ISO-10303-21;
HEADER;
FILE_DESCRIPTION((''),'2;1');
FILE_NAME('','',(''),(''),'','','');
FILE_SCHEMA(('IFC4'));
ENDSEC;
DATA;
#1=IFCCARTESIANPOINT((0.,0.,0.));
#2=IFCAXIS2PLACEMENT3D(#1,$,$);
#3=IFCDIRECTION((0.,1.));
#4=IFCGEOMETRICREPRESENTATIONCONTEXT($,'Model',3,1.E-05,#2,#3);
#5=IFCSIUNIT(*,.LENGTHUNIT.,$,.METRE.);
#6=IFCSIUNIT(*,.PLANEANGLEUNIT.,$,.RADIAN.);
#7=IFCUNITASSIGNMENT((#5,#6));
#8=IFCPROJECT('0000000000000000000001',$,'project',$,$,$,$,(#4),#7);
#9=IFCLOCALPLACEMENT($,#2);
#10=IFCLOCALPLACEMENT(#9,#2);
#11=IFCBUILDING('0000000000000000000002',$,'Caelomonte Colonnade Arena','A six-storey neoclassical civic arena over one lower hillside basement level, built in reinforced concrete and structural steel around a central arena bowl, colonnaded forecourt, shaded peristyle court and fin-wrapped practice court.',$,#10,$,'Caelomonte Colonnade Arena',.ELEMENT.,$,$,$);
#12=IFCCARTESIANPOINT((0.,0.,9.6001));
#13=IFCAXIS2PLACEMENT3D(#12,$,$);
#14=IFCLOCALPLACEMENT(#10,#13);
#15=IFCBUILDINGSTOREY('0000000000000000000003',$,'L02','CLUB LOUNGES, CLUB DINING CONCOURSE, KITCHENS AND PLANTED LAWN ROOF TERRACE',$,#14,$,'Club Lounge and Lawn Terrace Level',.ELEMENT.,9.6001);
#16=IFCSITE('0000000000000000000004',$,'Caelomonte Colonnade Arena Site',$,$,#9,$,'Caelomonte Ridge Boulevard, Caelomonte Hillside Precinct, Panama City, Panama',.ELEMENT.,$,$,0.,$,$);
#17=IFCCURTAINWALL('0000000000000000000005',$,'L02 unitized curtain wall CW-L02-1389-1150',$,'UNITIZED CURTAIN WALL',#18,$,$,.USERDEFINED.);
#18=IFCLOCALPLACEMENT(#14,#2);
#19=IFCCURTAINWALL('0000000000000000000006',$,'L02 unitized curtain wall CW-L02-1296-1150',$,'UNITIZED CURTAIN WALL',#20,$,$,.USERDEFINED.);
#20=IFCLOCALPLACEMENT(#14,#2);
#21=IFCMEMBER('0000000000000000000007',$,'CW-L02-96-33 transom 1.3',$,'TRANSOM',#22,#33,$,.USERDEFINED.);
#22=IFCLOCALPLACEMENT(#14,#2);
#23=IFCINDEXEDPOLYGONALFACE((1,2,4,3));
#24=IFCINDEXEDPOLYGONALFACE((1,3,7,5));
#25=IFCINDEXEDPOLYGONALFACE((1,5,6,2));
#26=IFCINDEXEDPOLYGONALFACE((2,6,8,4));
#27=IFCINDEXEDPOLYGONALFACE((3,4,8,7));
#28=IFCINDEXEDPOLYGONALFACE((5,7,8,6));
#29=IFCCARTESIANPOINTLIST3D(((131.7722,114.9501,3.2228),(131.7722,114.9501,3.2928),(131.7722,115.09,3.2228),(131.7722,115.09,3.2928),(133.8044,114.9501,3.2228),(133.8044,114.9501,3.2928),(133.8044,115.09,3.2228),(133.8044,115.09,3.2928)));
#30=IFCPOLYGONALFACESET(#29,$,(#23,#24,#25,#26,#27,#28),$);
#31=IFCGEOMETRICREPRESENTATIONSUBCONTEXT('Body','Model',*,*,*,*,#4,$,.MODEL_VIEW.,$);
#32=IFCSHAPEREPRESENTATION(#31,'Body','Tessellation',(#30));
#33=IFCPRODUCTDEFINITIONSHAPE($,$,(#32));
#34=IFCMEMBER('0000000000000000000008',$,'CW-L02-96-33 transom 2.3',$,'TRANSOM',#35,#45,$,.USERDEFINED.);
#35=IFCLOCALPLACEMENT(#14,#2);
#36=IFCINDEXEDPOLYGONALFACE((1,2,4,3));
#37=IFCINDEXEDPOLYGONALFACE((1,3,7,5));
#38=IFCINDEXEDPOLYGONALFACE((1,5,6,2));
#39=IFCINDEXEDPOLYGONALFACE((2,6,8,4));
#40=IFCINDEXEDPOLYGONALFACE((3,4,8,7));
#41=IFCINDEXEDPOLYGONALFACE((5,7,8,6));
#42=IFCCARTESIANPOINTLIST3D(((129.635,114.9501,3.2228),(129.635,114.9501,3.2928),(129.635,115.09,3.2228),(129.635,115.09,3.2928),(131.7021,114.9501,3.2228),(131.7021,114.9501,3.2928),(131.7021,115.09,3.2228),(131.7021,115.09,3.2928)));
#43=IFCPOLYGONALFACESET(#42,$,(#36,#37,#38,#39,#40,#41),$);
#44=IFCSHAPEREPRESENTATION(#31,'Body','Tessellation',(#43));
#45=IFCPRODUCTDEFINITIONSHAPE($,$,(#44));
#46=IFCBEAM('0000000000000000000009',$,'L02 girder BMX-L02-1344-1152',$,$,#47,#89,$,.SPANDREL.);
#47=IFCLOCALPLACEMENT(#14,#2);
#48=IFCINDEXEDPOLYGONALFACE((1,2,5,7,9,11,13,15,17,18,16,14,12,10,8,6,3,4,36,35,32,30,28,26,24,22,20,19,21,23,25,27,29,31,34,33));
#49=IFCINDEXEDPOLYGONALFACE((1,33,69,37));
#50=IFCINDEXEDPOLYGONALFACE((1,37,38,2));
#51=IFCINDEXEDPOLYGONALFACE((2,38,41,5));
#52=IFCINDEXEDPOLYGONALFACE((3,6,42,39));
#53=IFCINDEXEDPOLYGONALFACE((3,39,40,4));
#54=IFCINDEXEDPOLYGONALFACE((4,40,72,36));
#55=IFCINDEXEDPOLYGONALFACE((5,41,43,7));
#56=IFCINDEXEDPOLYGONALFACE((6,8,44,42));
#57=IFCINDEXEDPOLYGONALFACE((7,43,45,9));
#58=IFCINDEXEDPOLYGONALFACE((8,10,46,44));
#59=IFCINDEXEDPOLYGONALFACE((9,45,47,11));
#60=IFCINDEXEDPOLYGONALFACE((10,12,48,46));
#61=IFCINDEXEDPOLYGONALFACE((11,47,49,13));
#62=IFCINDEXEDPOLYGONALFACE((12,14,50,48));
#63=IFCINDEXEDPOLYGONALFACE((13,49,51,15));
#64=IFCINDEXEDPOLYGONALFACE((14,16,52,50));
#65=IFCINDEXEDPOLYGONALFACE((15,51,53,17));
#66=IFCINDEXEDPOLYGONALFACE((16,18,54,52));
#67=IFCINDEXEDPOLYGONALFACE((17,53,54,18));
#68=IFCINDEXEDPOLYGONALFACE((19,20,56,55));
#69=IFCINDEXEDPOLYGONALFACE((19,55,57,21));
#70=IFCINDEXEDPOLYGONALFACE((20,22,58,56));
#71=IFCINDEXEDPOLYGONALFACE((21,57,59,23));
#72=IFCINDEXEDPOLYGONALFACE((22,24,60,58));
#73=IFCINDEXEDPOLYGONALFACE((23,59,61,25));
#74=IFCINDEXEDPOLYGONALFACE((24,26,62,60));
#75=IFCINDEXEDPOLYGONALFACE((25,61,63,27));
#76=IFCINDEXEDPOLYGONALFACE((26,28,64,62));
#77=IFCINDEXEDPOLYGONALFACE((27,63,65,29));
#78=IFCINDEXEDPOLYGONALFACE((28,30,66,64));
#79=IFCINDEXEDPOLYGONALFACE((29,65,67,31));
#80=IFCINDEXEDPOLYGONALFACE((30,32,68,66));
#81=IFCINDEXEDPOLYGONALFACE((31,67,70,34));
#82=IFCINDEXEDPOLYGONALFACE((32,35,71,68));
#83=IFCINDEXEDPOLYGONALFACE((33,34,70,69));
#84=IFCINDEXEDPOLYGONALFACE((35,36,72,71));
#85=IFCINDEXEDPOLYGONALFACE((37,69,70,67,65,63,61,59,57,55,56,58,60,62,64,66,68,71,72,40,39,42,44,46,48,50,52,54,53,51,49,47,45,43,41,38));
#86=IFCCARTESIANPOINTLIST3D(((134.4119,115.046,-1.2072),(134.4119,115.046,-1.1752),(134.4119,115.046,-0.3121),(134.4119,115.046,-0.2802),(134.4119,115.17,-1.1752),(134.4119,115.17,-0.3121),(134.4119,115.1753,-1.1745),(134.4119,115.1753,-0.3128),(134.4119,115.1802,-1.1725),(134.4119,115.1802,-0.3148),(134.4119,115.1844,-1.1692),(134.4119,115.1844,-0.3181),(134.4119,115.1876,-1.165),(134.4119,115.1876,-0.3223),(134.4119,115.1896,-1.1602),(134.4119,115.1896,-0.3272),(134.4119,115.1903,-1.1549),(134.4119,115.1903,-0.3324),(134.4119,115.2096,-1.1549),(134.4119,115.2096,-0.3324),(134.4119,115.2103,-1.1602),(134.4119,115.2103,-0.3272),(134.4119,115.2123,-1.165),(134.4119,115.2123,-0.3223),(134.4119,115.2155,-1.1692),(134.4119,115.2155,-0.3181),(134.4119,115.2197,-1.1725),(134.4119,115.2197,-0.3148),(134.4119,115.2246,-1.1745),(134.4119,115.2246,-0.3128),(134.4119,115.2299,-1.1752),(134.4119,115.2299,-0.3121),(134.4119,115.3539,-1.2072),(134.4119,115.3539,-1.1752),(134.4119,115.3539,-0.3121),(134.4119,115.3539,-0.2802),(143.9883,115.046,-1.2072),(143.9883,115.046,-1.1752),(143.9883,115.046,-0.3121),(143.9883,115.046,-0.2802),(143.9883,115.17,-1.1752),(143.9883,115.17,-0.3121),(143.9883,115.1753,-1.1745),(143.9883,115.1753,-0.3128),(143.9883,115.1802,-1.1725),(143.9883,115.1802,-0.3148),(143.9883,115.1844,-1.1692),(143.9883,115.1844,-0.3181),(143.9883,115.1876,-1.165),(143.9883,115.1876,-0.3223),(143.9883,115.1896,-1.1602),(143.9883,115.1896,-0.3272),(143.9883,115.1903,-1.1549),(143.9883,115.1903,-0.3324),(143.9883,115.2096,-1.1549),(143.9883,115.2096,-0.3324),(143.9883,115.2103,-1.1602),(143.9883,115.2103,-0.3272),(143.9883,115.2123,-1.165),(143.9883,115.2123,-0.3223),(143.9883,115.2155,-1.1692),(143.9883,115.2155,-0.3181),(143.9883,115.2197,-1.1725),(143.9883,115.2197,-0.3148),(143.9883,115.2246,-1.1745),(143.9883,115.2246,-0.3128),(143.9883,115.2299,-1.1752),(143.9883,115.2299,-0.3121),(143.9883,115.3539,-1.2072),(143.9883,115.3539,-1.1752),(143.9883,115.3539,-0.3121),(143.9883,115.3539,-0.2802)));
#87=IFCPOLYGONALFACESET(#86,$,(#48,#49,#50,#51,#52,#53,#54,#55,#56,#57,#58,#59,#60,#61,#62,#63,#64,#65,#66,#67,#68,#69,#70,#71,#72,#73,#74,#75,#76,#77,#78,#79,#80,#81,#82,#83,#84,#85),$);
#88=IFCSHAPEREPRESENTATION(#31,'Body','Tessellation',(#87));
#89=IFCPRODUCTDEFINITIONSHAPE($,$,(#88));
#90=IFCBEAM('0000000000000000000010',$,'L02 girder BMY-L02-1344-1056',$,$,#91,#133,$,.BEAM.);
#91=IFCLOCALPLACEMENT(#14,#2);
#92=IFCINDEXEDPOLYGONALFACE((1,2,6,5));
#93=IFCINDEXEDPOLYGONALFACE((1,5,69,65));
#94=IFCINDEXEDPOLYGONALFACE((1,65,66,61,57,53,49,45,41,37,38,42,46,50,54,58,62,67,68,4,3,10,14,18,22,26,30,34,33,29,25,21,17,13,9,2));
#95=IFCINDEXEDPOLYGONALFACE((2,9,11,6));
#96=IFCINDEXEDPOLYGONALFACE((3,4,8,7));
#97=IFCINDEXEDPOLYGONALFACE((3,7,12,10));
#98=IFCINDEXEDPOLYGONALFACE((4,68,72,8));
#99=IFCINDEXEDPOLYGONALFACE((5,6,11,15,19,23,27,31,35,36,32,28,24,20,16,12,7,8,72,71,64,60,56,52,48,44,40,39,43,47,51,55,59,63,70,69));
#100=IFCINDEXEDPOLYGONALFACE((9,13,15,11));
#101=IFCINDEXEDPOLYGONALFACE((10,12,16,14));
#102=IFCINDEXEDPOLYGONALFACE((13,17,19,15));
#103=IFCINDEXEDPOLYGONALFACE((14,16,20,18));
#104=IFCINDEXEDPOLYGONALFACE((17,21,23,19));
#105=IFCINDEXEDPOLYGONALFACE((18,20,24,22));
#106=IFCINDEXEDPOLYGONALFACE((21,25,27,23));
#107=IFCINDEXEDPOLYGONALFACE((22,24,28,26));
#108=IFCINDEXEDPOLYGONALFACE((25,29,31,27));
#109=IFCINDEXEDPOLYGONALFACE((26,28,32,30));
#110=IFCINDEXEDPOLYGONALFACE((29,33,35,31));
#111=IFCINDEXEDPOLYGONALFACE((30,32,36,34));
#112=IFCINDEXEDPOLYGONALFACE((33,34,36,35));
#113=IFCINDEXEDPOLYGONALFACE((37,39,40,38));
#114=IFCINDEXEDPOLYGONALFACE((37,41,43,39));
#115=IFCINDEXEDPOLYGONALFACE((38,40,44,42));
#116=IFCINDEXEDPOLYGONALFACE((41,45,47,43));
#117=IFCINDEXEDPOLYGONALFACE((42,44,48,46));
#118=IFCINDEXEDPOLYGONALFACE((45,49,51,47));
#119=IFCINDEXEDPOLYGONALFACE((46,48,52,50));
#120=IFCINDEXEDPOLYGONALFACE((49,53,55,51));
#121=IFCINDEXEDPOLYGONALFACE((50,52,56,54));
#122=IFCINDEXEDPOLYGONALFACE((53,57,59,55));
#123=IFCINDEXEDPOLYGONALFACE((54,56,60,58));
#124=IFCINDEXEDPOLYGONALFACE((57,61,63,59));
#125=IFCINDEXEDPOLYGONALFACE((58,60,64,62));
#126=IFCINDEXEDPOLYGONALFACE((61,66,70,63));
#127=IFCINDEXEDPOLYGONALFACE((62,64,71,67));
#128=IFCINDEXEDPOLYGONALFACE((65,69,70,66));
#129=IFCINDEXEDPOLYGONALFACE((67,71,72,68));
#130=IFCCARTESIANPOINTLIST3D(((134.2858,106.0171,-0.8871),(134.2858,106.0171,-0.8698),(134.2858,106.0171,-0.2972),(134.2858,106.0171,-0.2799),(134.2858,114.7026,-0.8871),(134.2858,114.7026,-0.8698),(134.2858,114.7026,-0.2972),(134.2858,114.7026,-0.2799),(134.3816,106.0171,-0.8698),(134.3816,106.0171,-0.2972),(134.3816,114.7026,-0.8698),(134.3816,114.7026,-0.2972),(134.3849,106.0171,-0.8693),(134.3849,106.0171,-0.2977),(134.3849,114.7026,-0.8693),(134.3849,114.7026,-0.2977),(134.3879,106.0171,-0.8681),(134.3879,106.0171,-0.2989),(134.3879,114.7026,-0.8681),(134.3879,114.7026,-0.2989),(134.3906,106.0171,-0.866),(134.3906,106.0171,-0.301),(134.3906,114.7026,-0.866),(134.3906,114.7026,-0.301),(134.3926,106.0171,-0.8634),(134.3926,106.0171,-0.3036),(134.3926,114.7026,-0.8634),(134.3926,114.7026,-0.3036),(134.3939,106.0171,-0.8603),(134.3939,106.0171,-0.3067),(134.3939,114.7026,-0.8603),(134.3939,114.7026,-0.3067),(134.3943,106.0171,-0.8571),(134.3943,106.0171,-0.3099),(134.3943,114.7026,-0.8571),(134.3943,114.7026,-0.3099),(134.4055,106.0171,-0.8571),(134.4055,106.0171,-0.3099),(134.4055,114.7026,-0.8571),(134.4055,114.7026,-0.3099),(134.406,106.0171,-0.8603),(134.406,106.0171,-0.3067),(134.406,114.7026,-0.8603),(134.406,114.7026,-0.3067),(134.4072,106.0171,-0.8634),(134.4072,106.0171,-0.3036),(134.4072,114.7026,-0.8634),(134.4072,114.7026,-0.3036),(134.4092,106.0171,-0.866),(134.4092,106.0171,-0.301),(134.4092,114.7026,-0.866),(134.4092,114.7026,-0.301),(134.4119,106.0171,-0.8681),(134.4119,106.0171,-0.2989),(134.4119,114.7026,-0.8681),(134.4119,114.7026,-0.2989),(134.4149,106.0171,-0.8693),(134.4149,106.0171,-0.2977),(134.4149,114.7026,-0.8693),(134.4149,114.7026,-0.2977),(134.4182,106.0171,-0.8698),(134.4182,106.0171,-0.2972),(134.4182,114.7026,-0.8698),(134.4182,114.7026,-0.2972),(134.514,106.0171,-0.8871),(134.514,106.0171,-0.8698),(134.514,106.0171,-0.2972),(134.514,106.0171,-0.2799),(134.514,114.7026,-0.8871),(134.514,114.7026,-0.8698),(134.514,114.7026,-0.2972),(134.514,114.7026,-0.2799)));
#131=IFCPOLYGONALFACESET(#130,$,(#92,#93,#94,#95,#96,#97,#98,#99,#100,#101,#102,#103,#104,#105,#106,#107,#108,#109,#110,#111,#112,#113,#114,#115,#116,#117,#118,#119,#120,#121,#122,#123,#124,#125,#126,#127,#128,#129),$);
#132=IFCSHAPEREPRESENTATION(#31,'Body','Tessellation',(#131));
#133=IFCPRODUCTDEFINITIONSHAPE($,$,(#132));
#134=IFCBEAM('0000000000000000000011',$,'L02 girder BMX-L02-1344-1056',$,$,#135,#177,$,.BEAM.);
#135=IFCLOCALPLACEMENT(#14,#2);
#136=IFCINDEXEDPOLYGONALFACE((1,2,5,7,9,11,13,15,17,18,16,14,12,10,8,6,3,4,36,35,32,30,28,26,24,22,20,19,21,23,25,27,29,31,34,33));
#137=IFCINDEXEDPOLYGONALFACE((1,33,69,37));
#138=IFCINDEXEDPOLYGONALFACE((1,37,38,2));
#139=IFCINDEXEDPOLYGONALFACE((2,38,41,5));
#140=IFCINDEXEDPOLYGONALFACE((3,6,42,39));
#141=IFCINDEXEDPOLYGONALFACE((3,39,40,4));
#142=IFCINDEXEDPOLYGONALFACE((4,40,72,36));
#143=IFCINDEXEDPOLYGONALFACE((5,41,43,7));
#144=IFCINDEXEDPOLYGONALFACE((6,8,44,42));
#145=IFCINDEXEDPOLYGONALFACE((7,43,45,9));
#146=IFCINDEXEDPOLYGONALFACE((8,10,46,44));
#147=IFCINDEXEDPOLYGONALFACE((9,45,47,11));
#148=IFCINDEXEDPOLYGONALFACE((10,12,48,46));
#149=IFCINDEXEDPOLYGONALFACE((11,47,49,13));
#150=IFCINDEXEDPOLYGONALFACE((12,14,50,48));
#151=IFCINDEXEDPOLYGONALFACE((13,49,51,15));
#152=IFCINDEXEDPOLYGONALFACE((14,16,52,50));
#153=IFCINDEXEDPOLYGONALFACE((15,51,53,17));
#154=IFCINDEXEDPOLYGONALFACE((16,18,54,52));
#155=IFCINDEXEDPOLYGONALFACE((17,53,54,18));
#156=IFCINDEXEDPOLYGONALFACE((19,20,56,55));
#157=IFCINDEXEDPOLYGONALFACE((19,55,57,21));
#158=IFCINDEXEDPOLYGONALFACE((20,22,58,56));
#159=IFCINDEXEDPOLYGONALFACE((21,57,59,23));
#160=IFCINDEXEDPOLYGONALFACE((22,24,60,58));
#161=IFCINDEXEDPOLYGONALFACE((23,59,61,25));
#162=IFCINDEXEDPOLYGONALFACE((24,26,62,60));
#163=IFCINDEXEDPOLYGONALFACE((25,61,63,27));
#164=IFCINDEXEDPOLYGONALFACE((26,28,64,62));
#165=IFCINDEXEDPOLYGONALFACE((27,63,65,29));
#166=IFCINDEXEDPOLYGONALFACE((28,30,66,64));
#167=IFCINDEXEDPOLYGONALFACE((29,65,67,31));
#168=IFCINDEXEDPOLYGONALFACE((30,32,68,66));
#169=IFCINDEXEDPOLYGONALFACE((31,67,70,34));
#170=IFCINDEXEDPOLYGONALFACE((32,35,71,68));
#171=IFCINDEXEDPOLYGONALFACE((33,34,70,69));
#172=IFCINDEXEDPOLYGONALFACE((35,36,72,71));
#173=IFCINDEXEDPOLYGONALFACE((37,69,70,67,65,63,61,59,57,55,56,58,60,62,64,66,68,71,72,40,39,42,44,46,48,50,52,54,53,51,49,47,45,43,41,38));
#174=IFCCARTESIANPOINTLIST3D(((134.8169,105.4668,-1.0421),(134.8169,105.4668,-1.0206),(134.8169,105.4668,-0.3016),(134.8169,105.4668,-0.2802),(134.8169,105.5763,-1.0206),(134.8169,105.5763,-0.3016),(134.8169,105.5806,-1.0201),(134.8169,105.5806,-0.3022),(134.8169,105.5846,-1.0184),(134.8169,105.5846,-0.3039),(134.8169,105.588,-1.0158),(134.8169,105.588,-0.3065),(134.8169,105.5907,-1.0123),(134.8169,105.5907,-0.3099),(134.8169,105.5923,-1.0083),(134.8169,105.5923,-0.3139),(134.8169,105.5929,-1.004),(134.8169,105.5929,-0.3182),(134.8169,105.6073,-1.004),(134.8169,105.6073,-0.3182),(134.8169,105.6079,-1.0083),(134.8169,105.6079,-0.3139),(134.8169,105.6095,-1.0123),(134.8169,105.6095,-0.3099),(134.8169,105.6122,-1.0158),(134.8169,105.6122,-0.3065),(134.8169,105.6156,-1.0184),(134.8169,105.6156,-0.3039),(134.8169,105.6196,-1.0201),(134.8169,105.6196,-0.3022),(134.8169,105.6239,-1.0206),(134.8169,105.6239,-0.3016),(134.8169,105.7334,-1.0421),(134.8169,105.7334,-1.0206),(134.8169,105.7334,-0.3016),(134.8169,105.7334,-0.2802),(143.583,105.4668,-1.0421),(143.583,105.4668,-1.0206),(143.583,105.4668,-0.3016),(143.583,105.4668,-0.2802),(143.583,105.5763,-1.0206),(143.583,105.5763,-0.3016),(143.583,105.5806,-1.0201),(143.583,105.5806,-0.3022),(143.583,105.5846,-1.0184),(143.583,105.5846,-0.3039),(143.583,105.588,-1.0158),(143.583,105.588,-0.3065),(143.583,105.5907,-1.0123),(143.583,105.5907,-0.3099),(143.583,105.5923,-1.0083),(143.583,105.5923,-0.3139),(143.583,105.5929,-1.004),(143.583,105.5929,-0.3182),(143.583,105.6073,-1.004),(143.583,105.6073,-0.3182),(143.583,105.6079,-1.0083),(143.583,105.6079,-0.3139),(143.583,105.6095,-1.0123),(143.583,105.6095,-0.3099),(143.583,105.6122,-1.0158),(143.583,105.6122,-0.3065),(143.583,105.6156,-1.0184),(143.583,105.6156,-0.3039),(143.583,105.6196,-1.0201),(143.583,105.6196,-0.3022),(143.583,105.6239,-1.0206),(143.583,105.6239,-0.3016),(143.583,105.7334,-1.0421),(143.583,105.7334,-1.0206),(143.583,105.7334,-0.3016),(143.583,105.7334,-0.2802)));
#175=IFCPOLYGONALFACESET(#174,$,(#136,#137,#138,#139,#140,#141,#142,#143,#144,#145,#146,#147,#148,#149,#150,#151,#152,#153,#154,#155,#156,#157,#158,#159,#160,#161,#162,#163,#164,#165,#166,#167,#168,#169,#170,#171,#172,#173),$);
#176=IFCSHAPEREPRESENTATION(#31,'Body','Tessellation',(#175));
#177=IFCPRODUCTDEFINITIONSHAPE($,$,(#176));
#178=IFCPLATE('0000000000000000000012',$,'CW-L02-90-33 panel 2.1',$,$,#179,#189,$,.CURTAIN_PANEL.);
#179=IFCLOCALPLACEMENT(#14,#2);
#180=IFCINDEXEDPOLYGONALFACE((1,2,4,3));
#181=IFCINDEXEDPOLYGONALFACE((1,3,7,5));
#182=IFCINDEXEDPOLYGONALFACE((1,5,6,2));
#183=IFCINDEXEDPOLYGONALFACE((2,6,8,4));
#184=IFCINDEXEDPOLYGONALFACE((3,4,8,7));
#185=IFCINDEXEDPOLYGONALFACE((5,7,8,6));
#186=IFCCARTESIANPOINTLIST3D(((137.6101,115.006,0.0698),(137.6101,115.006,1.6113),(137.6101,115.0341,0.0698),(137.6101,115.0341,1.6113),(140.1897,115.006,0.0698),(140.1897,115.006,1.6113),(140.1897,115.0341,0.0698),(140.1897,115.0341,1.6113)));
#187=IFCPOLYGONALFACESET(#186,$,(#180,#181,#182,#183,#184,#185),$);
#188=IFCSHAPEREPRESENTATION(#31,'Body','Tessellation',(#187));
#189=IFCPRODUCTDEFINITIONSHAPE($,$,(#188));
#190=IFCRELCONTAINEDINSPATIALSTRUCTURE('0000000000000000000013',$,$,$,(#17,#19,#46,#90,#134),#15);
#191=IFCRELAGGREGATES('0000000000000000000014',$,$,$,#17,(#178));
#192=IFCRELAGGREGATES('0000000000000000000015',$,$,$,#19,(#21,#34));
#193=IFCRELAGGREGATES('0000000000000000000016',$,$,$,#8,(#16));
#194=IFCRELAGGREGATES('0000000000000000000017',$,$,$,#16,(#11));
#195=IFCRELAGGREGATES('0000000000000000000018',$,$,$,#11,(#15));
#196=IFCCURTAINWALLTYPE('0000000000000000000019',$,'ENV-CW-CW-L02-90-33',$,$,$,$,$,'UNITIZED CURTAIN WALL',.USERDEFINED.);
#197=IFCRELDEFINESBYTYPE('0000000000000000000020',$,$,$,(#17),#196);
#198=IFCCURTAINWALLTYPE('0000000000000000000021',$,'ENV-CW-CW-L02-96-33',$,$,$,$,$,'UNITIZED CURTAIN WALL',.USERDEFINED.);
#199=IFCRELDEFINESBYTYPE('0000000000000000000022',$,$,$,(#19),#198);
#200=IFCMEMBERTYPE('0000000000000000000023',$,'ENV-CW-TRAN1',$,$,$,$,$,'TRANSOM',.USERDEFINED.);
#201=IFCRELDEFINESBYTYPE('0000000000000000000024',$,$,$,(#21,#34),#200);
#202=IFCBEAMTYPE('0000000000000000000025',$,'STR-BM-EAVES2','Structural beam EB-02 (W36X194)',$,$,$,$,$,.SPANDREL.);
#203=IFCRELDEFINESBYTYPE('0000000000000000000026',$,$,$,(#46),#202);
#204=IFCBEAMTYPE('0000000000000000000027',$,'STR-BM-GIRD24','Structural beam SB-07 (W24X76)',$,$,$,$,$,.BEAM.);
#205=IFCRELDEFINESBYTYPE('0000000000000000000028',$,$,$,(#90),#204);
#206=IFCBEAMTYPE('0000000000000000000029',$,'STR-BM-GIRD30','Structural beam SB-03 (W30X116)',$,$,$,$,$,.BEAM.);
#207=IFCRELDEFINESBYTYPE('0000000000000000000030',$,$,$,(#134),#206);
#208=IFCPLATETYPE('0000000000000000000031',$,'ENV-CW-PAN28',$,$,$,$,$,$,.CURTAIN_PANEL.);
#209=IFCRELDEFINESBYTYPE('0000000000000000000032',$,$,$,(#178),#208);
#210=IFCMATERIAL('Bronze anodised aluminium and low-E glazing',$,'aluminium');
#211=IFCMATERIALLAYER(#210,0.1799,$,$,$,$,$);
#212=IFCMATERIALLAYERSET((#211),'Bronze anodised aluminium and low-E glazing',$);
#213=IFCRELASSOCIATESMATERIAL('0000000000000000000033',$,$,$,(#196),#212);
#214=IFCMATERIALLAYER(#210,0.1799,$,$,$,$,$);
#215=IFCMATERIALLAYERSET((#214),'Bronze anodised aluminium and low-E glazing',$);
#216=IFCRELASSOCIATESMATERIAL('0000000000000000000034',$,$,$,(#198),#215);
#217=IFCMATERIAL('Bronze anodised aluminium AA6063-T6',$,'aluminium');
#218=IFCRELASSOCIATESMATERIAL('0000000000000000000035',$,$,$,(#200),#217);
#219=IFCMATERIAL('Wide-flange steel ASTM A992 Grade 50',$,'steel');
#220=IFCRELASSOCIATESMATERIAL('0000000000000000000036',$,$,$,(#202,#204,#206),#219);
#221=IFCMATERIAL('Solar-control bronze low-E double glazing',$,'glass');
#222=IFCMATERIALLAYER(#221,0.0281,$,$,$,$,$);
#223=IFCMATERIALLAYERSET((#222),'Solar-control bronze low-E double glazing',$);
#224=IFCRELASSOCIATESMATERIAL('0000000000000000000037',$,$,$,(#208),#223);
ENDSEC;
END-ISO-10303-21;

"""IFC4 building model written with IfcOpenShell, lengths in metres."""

from ifc_helpers import new_model, si_unit, direction, frame, origin, origin_2d, place, context, subcontext, project, spatial, rectangle, i_section, extrude, material, layer, layer_set, material_profile, profile_set, type_object, element, aggregate, save


model = new_model("IFC4")

# Units and contexts
model_context = context("Model", 3, precision=1e-05, world=origin(), true_north=direction((0.0, 1.0)))
body_context = subcontext(model_context, "Body", "Model", "MODEL_VIEW")
ifc_project = project(units=[si_unit("LENGTHUNIT", "METRE"), si_unit("PLANEANGLEUNIT", "RADIAN")], contexts=[model_context])

# Site, building, storey
site_placement = place(None, origin())
site = spatial("IfcSite", under=ifc_project, at=site_placement, Name="Caelomonte Colonnade Arena Site", LongName="Caelomonte Ridge Boulevard, Caelomonte Hillside Precinct, Panama City, Panama", CompositionType="ELEMENT", RefElevation=0.0)
building_placement = place(site_placement, origin())
building = spatial("IfcBuilding", under=site, at=building_placement, Name="Caelomonte Colonnade Arena", Description="A six-storey neoclassical civic arena over one lower hillside basement level, built in reinforced concrete and structural steel around a central arena bowl, colonnaded forecourt, shaded peristyle court and fin-wrapped practice court.", LongName="Caelomonte Colonnade Arena", CompositionType="ELEMENT")
storey_placement = place(building_placement, frame((0.0, 0.0, 9.6001)))
storey = spatial("IfcBuildingStorey", under=building, at=storey_placement, Name="L02", Description="CLUB LOUNGES, CLUB DINING CONCOURSE, KITCHENS AND PLANTED LAWN ROOF TERRACE", LongName="Club Lounge and Lawn Terrace Level", CompositionType="ELEMENT", Elevation=9.6001)

# Shared definitions
ifc_material_1 = material(Name="Wide-flange steel ASTM A992 Grade 50", Category="steel")

# Curtain walls
ifc_material_2 = material(Name="Bronze anodised aluminium and low-E glazing", Category="aluminium")
ifc_layer_1 = layer(ifc_material_2, 0.1799)
ifc_layer_set_1 = layer_set([ifc_layer_1], Name="Bronze anodised aluminium and low-E glazing")
curtain_wall_type_1 = type_object("IfcCurtainWallType", Name="ENV-CW-CW-L02-90-33", ElementType="UNITIZED CURTAIN WALL", PredefinedType="USERDEFINED", material=ifc_layer_set_1)
curtain_wall_1_placement = place(storey_placement, origin())
curtain_wall_1 = element("IfcCurtainWall", 1, at=curtain_wall_1_placement, inside=storey, type_object=curtain_wall_type_1, Name="L02 unitized curtain wall CW-L02-1389-1150", ObjectType="UNITIZED CURTAIN WALL", PredefinedType="USERDEFINED")
ifc_material_3 = material(Name="Bronze anodised aluminium AA6063-T6", Category="aluminium")
ifc_layer_2 = layer(ifc_material_2, 0.1799)
ifc_layer_set_2 = layer_set([ifc_layer_2], Name="Bronze anodised aluminium and low-E glazing")
curtain_wall_type_2 = type_object("IfcCurtainWallType", Name="ENV-CW-CW-L02-96-33", ElementType="UNITIZED CURTAIN WALL", PredefinedType="USERDEFINED", material=ifc_layer_set_2)
curtain_wall_2_placement = place(storey_placement, origin())
curtain_wall_2 = element("IfcCurtainWall", 2, at=curtain_wall_2_placement, inside=storey, type_object=curtain_wall_type_2, Name="L02 unitized curtain wall CW-L02-1296-1150", ObjectType="UNITIZED CURTAIN WALL", PredefinedType="USERDEFINED")

# Members
ifc_material_profile_1 = material_profile(ifc_material_3, rectangle(XDim=0.0701, YDim=0.1399, at=origin_2d()), Name="CWT-70X140")
ifc_profile_set_1 = profile_set([ifc_material_profile_1], Name="Bronze anodised aluminium AA6063-T6")
member_type_1 = type_object("IfcMemberType", Name="ENV-CW-TRAN1", ElementType="TRANSOM", PredefinedType="USERDEFINED", material=ifc_profile_set_1)
member_1_placement = place(storey_placement, frame((133.8044, 115.02, 3.2578), z_axis=(-1.0, 0.0, 0.0), x_axis=(0.0, 0.0, 1.0)))
member_1 = element("IfcMember", 3, at=member_1_placement, type_object=member_type_1, Name="CW-L02-96-33 transom 1.3", ObjectType="TRANSOM", PredefinedType="USERDEFINED", context=body_context, shape_type="SweptSolid", body=[
    extrude(rectangle(XDim=0.0701, YDim=0.1399, at=origin_2d()), origin(), (0.0, 0.0, 1.0), 2.0322),
])
member_2_placement = place(storey_placement, frame((131.7021, 115.02, 3.2578), z_axis=(-1.0, 0.0, 0.0), x_axis=(0.0, 0.0, 1.0)))
member_2 = element("IfcMember", 4, at=member_2_placement, type_object=member_type_1, Name="CW-L02-96-33 transom 2.3", ObjectType="TRANSOM", PredefinedType="USERDEFINED", context=body_context, shape_type="SweptSolid", body=[
    extrude(rectangle(XDim=0.0701, YDim=0.1399, at=origin_2d()), origin(), (0.0, 0.0, 1.0), 2.0671),
])

# Beams
ifc_material_profile_2 = material_profile(ifc_material_1, i_section(OverallWidth=0.3079, OverallDepth=0.927, WebThickness=0.0193, FlangeThickness=0.032, FilletRadius=0.0203, at=origin_2d()), Name="W36X194")
ifc_profile_set_2 = profile_set([ifc_material_profile_2], Name="Wide-flange steel ASTM A992 Grade 50")
beam_type_1 = type_object("IfcBeamType", Name="STR-BM-EAVES2", Description="Structural beam EB-02 (W36X194)", PredefinedType="SPANDREL", material=ifc_profile_set_2)
beam_1_placement = place(storey_placement, frame((134.4119, 115.2, -0.7437), z_axis=(1.0, 0.0, 0.0), x_axis=(0.0, 1.0, 0.0)))
element("IfcBeam", 5, at=beam_1_placement, inside=storey, type_object=beam_type_1, Name="L02 girder BMX-L02-1344-1152", PredefinedType="SPANDREL", context=body_context, shape_type="SweptSolid", body=[
    extrude(i_section(OverallWidth=0.3079, OverallDepth=0.927, WebThickness=0.0193, FlangeThickness=0.032, FilletRadius=0.0203, at=origin_2d()), origin(), (0.0, 0.0, 1.0), 9.5764),
])
ifc_material_profile_3 = material_profile(ifc_material_1, i_section(OverallWidth=0.2283, OverallDepth=0.6072, WebThickness=0.0112, FlangeThickness=0.0173, FilletRadius=0.0127, at=origin_2d()), Name="W24X76")
ifc_profile_set_3 = profile_set([ifc_material_profile_3], Name="Wide-flange steel ASTM A992 Grade 50")
beam_type_2 = type_object("IfcBeamType", Name="STR-BM-GIRD24", Description="Structural beam SB-07 (W24X76)", PredefinedType="BEAM", material=ifc_profile_set_3)
beam_2_placement = place(storey_placement, frame((134.3999, 106.0171, -0.5835), z_axis=(0.0, 1.0, 0.0), x_axis=(-1.0, 0.0, 0.0)))
element("IfcBeam", 6, at=beam_2_placement, inside=storey, type_object=beam_type_2, Name="L02 girder BMY-L02-1344-1056", PredefinedType="BEAM", context=body_context, shape_type="SweptSolid", body=[
    extrude(i_section(OverallWidth=0.2283, OverallDepth=0.6072, WebThickness=0.0112, FlangeThickness=0.0173, FilletRadius=0.0127, at=origin_2d()), origin(), (0.0, 0.0, 1.0), 8.6855),
])
ifc_material_profile_4 = material_profile(ifc_material_1, i_section(OverallWidth=0.2666, OverallDepth=0.762, WebThickness=0.0144, FlangeThickness=0.0215, FilletRadius=0.0166, at=origin_2d()), Name="W30X116")
ifc_profile_set_4 = profile_set([ifc_material_profile_4], Name="Wide-flange steel ASTM A992 Grade 50")
beam_type_3 = type_object("IfcBeamType", Name="STR-BM-GIRD30", Description="Structural beam SB-03 (W30X116)", PredefinedType="BEAM", material=ifc_profile_set_4)
beam_3_placement = place(storey_placement, frame((134.8169, 105.6001, -0.6611), z_axis=(1.0, 0.0, 0.0), x_axis=(0.0, 1.0, 0.0)))
element("IfcBeam", 7, at=beam_3_placement, inside=storey, type_object=beam_type_3, Name="L02 girder BMX-L02-1344-1056", PredefinedType="BEAM", context=body_context, shape_type="SweptSolid", body=[
    extrude(i_section(OverallWidth=0.2666, OverallDepth=0.762, WebThickness=0.0144, FlangeThickness=0.0215, FilletRadius=0.0166, at=origin_2d()), origin(), (0.0, 0.0, 1.0), 8.7661),
])

# Plate
ifc_material_4 = material(Name="Solar-control bronze low-E double glazing", Category="glass")
ifc_layer_3 = layer(ifc_material_4, 0.0281)
ifc_layer_set_3 = layer_set([ifc_layer_3], Name="Solar-control bronze low-E double glazing")
plate_type = type_object("IfcPlateType", Name="ENV-CW-PAN28", PredefinedType="CURTAIN_PANEL", material=ifc_layer_set_3)
plate_1_placement = place(storey_placement, frame((138.8999, 115.02, 0.0698), z_axis=(0.0, 0.0, 1.0), x_axis=(-1.0, 0.0, 0.0)))
plate_1 = element("IfcPlate", 8, at=plate_1_placement, type_object=plate_type, Name="CW-L02-90-33 panel 2.1", PredefinedType="CURTAIN_PANEL", context=body_context, shape_type="SweptSolid", body=[
    extrude(rectangle(XDim=2.5796, YDim=0.0281, at=origin_2d()), origin(), (0.0, 0.0, 1.0), 1.5415),
])
aggregate(curtain_wall_1, [plate_1])
aggregate(curtain_wall_2, [member_1, member_2])

save(model, "model.ifc")
